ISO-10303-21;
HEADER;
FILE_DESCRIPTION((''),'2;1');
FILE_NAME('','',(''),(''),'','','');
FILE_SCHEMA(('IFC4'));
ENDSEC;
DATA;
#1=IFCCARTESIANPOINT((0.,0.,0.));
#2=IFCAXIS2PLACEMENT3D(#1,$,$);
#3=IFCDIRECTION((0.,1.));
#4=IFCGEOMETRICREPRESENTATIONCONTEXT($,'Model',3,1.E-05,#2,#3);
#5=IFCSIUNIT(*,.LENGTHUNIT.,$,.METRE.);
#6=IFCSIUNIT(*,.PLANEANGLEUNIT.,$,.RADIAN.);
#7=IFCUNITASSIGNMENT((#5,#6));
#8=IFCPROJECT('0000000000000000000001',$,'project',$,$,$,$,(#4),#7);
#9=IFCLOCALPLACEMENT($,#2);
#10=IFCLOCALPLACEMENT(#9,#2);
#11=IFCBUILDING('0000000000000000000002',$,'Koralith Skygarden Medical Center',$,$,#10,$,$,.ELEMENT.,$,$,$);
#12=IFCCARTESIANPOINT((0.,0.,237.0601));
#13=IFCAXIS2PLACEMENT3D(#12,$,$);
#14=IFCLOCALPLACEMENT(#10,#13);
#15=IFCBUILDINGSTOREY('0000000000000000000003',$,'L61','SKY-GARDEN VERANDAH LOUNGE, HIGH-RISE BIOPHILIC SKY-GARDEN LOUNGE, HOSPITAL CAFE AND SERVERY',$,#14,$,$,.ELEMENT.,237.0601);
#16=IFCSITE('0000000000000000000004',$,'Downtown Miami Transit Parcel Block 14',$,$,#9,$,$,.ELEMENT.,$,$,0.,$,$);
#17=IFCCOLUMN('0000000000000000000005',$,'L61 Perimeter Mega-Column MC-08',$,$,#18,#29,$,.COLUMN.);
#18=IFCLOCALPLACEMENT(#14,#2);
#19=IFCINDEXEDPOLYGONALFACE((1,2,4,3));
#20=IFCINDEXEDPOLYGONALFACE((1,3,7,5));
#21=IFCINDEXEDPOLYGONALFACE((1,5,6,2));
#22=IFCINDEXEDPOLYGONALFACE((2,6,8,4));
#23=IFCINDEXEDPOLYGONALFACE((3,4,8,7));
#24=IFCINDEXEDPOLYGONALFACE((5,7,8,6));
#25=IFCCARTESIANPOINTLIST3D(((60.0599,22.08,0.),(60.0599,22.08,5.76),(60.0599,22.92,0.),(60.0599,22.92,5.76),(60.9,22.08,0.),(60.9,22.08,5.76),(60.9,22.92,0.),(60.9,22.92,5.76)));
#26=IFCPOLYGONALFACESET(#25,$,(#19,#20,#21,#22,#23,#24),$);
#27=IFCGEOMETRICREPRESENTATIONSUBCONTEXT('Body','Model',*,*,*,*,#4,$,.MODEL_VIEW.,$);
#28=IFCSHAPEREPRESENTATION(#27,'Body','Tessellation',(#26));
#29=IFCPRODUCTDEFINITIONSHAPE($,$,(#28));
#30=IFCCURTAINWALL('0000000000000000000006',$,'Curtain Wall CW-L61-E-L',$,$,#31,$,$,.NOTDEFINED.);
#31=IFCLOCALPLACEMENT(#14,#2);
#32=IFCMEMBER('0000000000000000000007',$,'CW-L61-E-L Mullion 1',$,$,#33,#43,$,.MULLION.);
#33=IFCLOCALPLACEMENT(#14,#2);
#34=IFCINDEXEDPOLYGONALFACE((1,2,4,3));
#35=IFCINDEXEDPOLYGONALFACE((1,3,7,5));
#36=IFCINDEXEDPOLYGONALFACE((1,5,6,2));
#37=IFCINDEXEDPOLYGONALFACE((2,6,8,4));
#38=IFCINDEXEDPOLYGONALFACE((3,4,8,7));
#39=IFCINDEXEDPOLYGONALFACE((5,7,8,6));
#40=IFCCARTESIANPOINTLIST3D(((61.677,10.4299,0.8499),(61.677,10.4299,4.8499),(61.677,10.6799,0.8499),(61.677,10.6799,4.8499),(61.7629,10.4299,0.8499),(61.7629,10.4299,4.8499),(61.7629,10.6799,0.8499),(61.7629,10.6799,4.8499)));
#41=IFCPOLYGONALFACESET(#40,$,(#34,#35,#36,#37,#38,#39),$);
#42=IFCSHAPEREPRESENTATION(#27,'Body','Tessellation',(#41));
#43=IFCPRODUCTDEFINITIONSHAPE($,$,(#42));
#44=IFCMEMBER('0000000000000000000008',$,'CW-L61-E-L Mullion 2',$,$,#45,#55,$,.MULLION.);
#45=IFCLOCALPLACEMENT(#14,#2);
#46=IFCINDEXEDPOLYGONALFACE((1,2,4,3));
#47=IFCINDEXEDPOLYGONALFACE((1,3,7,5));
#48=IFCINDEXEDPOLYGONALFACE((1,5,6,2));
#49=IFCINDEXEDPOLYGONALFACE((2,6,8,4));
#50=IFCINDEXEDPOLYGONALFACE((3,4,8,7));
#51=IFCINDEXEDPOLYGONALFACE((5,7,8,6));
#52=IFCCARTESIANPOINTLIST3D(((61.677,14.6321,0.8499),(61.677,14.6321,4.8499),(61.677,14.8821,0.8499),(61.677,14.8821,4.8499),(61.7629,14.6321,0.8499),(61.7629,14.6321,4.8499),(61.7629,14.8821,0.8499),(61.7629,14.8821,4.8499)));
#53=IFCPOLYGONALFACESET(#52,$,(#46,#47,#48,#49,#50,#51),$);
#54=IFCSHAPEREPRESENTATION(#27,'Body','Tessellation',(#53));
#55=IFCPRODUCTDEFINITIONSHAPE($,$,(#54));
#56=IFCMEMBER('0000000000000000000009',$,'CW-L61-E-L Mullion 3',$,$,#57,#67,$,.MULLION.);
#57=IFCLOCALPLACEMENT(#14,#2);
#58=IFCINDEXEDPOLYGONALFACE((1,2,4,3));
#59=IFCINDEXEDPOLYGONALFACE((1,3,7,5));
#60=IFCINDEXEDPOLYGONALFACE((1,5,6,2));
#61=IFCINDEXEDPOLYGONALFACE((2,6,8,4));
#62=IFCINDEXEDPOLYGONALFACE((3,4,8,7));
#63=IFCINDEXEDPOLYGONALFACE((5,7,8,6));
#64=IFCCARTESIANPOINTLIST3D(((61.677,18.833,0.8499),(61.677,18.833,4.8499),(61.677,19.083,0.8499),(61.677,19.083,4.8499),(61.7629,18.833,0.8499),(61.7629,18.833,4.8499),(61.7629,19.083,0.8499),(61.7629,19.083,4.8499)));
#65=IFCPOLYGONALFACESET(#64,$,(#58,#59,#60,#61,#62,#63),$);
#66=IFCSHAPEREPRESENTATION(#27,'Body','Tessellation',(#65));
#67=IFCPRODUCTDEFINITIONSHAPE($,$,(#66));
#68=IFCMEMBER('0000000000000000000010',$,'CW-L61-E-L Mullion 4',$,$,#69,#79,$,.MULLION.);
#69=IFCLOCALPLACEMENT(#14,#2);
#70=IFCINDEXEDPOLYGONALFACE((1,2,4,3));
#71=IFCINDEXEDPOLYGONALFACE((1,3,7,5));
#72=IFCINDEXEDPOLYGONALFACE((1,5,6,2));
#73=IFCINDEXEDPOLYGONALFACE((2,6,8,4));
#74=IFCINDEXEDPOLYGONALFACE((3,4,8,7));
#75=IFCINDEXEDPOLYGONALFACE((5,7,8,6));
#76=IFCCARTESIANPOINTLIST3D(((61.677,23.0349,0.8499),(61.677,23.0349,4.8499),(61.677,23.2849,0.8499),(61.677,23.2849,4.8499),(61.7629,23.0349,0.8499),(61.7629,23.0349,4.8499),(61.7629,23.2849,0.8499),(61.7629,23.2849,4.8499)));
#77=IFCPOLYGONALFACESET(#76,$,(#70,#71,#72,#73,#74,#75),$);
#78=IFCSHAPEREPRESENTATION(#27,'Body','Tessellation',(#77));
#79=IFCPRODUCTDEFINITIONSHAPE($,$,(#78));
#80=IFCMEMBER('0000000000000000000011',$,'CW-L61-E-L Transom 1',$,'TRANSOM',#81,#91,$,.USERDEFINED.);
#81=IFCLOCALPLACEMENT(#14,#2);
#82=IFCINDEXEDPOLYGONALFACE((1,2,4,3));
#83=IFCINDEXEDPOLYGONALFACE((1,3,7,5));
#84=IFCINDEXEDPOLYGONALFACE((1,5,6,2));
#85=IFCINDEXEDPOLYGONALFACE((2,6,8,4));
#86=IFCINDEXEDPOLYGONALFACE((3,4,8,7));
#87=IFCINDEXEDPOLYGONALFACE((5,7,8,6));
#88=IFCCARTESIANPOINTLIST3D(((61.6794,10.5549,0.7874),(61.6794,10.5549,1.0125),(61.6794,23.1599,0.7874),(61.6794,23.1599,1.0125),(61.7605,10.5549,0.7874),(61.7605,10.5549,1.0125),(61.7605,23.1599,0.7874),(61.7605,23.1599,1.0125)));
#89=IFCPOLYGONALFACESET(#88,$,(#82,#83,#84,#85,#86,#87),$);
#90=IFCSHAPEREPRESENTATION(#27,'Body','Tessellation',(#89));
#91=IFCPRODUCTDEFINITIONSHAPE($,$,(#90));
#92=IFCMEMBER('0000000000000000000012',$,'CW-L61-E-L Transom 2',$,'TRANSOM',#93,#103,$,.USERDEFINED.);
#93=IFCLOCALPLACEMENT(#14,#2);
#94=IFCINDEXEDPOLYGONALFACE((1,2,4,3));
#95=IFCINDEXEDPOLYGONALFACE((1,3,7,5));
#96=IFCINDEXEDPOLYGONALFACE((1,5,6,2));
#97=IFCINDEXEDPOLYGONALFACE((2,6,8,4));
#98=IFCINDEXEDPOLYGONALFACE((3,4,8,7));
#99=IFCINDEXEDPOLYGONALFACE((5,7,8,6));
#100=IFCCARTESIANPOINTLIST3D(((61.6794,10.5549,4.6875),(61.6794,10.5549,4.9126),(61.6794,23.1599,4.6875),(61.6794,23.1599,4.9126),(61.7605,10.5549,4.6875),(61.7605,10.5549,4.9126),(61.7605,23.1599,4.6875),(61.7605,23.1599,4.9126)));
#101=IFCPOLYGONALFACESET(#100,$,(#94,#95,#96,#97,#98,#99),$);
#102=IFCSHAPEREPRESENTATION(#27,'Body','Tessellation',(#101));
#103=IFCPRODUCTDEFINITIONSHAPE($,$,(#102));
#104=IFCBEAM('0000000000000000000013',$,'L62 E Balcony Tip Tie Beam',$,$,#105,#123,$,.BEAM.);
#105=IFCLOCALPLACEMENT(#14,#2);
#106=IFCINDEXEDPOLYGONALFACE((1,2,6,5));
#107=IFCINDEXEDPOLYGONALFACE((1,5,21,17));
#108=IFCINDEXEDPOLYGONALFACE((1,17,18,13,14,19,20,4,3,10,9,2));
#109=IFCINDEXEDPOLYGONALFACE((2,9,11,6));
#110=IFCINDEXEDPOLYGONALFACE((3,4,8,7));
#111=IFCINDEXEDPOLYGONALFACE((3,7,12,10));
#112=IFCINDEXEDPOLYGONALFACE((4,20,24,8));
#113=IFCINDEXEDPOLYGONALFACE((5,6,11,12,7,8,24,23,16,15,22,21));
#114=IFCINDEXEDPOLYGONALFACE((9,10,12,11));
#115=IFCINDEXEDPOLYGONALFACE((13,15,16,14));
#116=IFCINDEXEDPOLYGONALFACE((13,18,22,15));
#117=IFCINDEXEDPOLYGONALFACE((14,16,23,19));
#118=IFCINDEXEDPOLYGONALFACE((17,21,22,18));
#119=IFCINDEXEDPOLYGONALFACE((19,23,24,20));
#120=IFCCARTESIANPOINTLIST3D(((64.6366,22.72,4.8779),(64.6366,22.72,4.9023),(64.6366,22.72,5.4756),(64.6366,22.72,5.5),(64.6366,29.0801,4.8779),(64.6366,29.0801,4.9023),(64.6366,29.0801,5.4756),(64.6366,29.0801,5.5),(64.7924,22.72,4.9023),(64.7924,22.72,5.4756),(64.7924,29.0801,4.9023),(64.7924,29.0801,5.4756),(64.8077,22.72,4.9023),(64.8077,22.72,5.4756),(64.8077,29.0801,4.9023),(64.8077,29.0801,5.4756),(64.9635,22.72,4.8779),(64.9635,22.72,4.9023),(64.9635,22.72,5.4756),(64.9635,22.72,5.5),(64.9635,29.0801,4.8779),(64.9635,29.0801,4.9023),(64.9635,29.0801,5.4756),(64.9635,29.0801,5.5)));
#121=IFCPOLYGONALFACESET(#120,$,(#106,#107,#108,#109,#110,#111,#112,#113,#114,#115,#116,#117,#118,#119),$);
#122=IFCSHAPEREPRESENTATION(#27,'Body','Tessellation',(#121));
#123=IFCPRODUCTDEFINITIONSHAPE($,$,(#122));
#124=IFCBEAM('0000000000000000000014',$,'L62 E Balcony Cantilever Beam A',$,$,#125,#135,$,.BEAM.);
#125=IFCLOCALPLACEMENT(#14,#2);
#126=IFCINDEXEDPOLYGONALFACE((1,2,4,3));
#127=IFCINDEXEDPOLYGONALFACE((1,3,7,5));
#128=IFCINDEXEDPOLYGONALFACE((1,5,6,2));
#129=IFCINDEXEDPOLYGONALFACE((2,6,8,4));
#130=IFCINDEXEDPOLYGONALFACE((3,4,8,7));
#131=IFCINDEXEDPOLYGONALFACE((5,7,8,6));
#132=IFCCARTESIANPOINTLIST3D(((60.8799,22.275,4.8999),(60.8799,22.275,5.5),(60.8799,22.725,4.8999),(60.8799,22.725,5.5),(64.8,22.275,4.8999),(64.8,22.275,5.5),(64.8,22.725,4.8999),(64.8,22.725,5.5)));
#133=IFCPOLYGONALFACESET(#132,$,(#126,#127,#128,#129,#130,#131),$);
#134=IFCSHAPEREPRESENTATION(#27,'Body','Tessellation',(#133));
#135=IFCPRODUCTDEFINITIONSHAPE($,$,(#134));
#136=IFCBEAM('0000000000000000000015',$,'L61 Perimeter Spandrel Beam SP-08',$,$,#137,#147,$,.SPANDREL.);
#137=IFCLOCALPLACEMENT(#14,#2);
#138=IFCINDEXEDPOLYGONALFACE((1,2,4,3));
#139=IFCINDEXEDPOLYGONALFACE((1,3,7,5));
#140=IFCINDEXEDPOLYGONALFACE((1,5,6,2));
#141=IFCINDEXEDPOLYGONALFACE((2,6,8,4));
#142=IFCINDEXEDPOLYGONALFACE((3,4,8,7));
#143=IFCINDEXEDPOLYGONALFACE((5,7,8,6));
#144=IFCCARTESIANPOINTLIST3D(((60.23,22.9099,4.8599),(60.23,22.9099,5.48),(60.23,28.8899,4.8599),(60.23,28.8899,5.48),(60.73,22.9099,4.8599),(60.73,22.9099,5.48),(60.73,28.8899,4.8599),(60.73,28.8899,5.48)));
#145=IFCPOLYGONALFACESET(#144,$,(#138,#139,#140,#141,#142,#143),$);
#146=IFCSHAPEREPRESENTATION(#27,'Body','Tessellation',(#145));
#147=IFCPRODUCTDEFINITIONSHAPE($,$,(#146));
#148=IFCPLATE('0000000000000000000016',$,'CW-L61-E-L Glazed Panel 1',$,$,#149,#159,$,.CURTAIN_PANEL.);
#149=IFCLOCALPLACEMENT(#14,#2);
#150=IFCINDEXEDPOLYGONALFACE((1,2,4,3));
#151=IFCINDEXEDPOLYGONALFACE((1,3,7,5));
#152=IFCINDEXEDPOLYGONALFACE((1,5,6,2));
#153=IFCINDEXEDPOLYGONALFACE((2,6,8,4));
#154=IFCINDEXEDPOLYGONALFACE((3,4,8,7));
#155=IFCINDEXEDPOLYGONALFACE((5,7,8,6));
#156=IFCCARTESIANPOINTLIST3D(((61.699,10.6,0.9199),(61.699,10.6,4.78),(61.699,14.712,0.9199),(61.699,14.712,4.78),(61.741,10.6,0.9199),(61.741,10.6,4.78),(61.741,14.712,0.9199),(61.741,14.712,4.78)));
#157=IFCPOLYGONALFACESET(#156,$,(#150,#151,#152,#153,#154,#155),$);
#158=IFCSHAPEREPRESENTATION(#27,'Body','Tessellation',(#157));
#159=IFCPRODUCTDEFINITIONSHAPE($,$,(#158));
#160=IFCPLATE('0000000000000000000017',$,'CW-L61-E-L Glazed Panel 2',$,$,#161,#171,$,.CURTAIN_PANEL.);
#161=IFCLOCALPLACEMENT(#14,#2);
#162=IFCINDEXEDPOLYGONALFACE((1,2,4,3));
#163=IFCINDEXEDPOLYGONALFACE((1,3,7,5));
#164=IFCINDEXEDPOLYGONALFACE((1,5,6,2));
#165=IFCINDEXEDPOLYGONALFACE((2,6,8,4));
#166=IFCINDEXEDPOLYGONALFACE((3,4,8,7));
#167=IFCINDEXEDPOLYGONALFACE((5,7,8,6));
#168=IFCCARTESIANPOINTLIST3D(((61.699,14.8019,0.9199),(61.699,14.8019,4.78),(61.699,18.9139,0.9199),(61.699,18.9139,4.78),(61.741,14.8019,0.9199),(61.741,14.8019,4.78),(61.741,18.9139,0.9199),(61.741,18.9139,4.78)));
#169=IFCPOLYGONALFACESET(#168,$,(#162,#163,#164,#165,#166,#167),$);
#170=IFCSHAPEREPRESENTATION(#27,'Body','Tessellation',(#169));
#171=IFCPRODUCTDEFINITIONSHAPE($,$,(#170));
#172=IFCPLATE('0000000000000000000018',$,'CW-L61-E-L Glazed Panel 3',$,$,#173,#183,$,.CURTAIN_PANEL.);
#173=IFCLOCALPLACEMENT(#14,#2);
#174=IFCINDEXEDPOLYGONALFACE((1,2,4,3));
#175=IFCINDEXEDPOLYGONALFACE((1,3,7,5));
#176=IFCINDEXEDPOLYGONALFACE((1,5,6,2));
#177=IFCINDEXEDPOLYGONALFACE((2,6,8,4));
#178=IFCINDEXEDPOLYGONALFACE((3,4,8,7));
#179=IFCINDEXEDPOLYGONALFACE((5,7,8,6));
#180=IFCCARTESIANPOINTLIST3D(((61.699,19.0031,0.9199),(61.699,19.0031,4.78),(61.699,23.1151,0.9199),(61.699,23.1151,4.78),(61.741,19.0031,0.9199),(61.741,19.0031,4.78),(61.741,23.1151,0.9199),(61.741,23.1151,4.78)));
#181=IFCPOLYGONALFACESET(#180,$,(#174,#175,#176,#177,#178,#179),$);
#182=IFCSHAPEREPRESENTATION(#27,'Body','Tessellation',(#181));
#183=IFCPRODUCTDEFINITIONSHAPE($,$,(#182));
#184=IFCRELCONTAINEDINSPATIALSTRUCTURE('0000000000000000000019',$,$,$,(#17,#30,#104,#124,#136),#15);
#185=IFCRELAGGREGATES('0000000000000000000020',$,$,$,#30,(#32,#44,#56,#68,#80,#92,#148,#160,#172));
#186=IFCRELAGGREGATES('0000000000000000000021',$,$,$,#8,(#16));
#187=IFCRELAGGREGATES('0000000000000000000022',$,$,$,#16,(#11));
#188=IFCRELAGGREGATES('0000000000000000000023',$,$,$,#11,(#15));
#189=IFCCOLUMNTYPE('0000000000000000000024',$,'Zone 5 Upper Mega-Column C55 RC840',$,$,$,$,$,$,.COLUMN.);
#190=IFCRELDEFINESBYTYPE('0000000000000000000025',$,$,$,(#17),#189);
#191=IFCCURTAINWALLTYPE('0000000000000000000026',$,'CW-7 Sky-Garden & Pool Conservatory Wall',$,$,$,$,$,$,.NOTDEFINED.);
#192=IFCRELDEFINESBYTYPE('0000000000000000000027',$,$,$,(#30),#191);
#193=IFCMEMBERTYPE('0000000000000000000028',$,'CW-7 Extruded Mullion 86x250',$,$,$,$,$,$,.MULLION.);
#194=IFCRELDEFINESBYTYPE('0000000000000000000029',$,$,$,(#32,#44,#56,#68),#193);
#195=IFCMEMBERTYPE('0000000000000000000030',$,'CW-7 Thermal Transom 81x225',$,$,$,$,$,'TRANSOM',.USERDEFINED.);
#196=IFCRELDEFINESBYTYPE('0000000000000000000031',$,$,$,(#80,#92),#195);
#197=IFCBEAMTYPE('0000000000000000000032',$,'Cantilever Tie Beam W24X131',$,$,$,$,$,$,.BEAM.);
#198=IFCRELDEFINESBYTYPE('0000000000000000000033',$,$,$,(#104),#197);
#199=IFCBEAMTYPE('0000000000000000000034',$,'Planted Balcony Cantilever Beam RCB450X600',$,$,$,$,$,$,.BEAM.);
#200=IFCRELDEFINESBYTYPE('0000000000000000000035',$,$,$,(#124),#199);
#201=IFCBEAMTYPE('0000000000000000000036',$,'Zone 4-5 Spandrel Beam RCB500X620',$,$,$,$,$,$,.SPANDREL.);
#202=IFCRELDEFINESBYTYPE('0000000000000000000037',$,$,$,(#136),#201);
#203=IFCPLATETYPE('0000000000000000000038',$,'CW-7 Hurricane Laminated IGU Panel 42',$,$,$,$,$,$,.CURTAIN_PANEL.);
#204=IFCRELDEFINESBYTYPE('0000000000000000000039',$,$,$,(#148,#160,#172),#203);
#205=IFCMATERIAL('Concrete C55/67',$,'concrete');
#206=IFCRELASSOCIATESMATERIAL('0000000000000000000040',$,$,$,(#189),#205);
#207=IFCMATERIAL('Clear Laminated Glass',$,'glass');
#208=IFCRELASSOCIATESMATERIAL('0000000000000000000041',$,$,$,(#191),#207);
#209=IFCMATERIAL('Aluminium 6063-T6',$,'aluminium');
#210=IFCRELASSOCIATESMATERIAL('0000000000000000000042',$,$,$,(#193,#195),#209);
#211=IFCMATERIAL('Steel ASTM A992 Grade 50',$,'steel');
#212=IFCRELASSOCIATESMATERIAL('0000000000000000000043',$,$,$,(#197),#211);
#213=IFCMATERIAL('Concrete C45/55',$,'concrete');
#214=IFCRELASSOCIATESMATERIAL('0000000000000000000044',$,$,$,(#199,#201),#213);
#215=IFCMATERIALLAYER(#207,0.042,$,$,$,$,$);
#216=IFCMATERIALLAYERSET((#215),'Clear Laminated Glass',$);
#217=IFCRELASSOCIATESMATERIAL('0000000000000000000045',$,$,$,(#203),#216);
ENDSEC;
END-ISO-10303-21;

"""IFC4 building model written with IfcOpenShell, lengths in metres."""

from ifc_helpers import new_model, si_unit, direction, frame, origin, origin_2d, place, context, subcontext, project, spatial, rectangle, i_section, extrude, material, layer, layer_set, material_profile, profile_set, type_object, element, aggregate, save


model = new_model("IFC4")

# Units and contexts
model_context = context("Model", 3, precision=1e-05, world=origin(), true_north=direction((0.0, 1.0)))
body_context = subcontext(model_context, "Body", "Model", "MODEL_VIEW")
ifc_project = project(units=[si_unit("LENGTHUNIT", "METRE"), si_unit("PLANEANGLEUNIT", "RADIAN")], contexts=[model_context])

# Site, building, storey
site_placement = place(None, origin())
site = spatial("IfcSite", under=ifc_project, at=site_placement, Name="Downtown Miami Transit Parcel Block 14", CompositionType="ELEMENT", RefElevation=0.0)
building_placement = place(site_placement, origin())
building = spatial("IfcBuilding", under=site, at=building_placement, Name="Koralith Skygarden Medical Center", CompositionType="ELEMENT")
storey_placement = place(building_placement, frame((0.0, 0.0, 237.0601)))
storey = spatial("IfcBuildingStorey", under=building, at=storey_placement, Name="L61", Description="SKY-GARDEN VERANDAH LOUNGE, HIGH-RISE BIOPHILIC SKY-GARDEN LOUNGE, HOSPITAL CAFE AND SERVERY", CompositionType="ELEMENT", Elevation=237.0601)

# Column
ifc_material_1 = material(Name="Concrete C55/67", Category="concrete")
ifc_material_profile_1 = material_profile(ifc_material_1, rectangle(XDim=0.8401, YDim=0.8401, at=origin_2d()), Name="RC840X840")
ifc_profile_set_1 = profile_set([ifc_material_profile_1], Name="Concrete C55/67")
column_type = type_object("IfcColumnType", Name="Zone 5 Upper Mega-Column C55 RC840", PredefinedType="COLUMN", material=ifc_profile_set_1)
column_placement = place(storey_placement, frame((60.48, 22.5, 0.0), z_axis=(0.0, 0.0, 1.0), x_axis=(1.0, 0.0, 0.0)))
element("IfcColumn", 1, at=column_placement, inside=storey, type_object=column_type, Name="L61 Perimeter Mega-Column MC-08", PredefinedType="COLUMN", context=body_context, shape_type="SweptSolid", body=[
    extrude(rectangle(XDim=0.8401, YDim=0.8401, at=origin_2d()), origin(), (0.0, 0.0, 1.0), 5.76),
])

# Curtain wall, members
ifc_material_2 = material(Name="Clear Laminated Glass", Category="glass")
curtain_wall_type = type_object("IfcCurtainWallType", Name="CW-7 Sky-Garden & Pool Conservatory Wall", PredefinedType="NOTDEFINED", material=ifc_material_2)
curtain_wall_placement = place(storey_placement, origin())
curtain_wall = element("IfcCurtainWall", 2, at=curtain_wall_placement, inside=storey, type_object=curtain_wall_type, Name="Curtain Wall CW-L61-E-L", PredefinedType="NOTDEFINED")
ifc_material_3 = material(Name="Aluminium 6063-T6", Category="aluminium")
ifc_material_profile_2 = material_profile(ifc_material_3, rectangle(XDim=0.0859, YDim=0.25, at=origin_2d()), Name="MUL86X250")
ifc_profile_set_2 = profile_set([ifc_material_profile_2], Name="Aluminium 6063-T6")
member_type_1 = type_object("IfcMemberType", Name="CW-7 Extruded Mullion 86x250", PredefinedType="MULLION", material=ifc_profile_set_2)
member_1_placement = place(storey_placement, frame((61.72, 10.5549, 0.8499), z_axis=(0.0, 0.0, 1.0), x_axis=(1.0, 0.0, 0.0)))
member_1 = element("IfcMember", 3, at=member_1_placement, type_object=member_type_1, Name="CW-L61-E-L Mullion 1", PredefinedType="MULLION", context=body_context, shape_type="SweptSolid", body=[
    extrude(rectangle(XDim=0.0859, YDim=0.25, at=origin_2d()), origin(), (0.0, 0.0, 1.0), 4.0),
])
member_2_placement = place(storey_placement, frame((61.72, 14.7571, 0.8499), z_axis=(0.0, 0.0, 1.0), x_axis=(1.0, 0.0, 0.0)))
member_2 = element("IfcMember", 4, at=member_2_placement, type_object=member_type_1, Name="CW-L61-E-L Mullion 2", PredefinedType="MULLION", context=body_context, shape_type="SweptSolid", body=[
    extrude(rectangle(XDim=0.0859, YDim=0.25, at=origin_2d()), origin(), (0.0, 0.0, 1.0), 4.0),
])
member_3_placement = place(storey_placement, frame((61.72, 18.958, 0.8499), z_axis=(0.0, 0.0, 1.0), x_axis=(1.0, 0.0, 0.0)))
member_3 = element("IfcMember", 5, at=member_3_placement, type_object=member_type_1, Name="CW-L61-E-L Mullion 3", PredefinedType="MULLION", context=body_context, shape_type="SweptSolid", body=[
    extrude(rectangle(XDim=0.0859, YDim=0.25, at=origin_2d()), origin(), (0.0, 0.0, 1.0), 4.0),
])
member_4_placement = place(storey_placement, frame((61.72, 23.1599, 0.8499), z_axis=(0.0, 0.0, 1.0), x_axis=(1.0, 0.0, 0.0)))
member_4 = element("IfcMember", 6, at=member_4_placement, type_object=member_type_1, Name="CW-L61-E-L Mullion 4", PredefinedType="MULLION", context=body_context, shape_type="SweptSolid", body=[
    extrude(rectangle(XDim=0.0859, YDim=0.25, at=origin_2d()), origin(), (0.0, 0.0, 1.0), 4.0),
])
ifc_material_profile_3 = material_profile(ifc_material_3, rectangle(XDim=0.0811, YDim=0.2251, at=origin_2d()), Name="TRN81X225")
ifc_profile_set_3 = profile_set([ifc_material_profile_3], Name="Aluminium 6063-T6")
member_type_2 = type_object("IfcMemberType", Name="CW-7 Thermal Transom 81x225", ElementType="TRANSOM", PredefinedType="USERDEFINED", material=ifc_profile_set_3)
member_5_placement = place(storey_placement, frame((61.72, 10.5549, 0.8999), z_axis=(0.0, 1.0, 0.0), x_axis=(-1.0, 0.0, 0.0)))
member_5 = element("IfcMember", 7, at=member_5_placement, type_object=member_type_2, Name="CW-L61-E-L Transom 1", ObjectType="TRANSOM", PredefinedType="USERDEFINED", context=body_context, shape_type="SweptSolid", body=[
    extrude(rectangle(XDim=0.0811, YDim=0.2251, at=origin_2d()), origin(), (0.0, 0.0, 1.0), 12.605),
])
member_6_placement = place(storey_placement, frame((61.72, 10.5549, 4.8), z_axis=(0.0, 1.0, 0.0), x_axis=(-1.0, 0.0, 0.0)))
member_6 = element("IfcMember", 8, at=member_6_placement, type_object=member_type_2, Name="CW-L61-E-L Transom 2", ObjectType="TRANSOM", PredefinedType="USERDEFINED", context=body_context, shape_type="SweptSolid", body=[
    extrude(rectangle(XDim=0.0811, YDim=0.2251, at=origin_2d()), origin(), (0.0, 0.0, 1.0), 12.605),
])

# Beams
ifc_material_4 = material(Name="Steel ASTM A992 Grade 50", Category="steel")
ifc_material_profile_4 = material_profile(ifc_material_4, i_section(OverallWidth=0.3269, OverallDepth=0.6221, WebThickness=0.0154, FlangeThickness=0.0244, at=origin_2d()), Name="W24X131")
ifc_profile_set_4 = profile_set([ifc_material_profile_4], Name="Steel ASTM A992 Grade 50")
beam_type_1 = type_object("IfcBeamType", Name="Cantilever Tie Beam W24X131", PredefinedType="BEAM", material=ifc_profile_set_4)
beam_1_placement = place(storey_placement, frame((64.8, 22.72, 5.189), z_axis=(0.0, 1.0, 0.0), x_axis=(-1.0, 0.0, 0.0)))
element("IfcBeam", 9, at=beam_1_placement, inside=storey, type_object=beam_type_1, Name="L62 E Balcony Tip Tie Beam", PredefinedType="BEAM", context=body_context, shape_type="SweptSolid", body=[
    extrude(i_section(OverallWidth=0.3269, OverallDepth=0.6221, WebThickness=0.0154, FlangeThickness=0.0244, at=origin_2d()), origin(), (0.0, 0.0, 1.0), 6.3601),
])
ifc_material_5 = material(Name="Concrete C45/55", Category="concrete")
ifc_material_profile_5 = material_profile(ifc_material_5, rectangle(XDim=0.45, YDim=0.6001, at=origin_2d()), Name="RCB450X600")
ifc_profile_set_5 = profile_set([ifc_material_profile_5], Name="Concrete C45/55")
beam_type_2 = type_object("IfcBeamType", Name="Planted Balcony Cantilever Beam RCB450X600", PredefinedType="BEAM", material=ifc_profile_set_5)
beam_2_placement = place(storey_placement, frame((60.8799, 22.5, 5.2), z_axis=(1.0, 0.0, 0.0), x_axis=(0.0, 1.0, 0.0)))
element("IfcBeam", 10, at=beam_2_placement, inside=storey, type_object=beam_type_2, Name="L62 E Balcony Cantilever Beam A", PredefinedType="BEAM", context=body_context, shape_type="SweptSolid", body=[
    extrude(rectangle(XDim=0.45, YDim=0.6001, at=origin_2d()), origin(), (0.0, 0.0, 1.0), 3.9202),
])
ifc_material_profile_6 = material_profile(ifc_material_5, rectangle(XDim=0.5, YDim=0.6201, at=origin_2d()), Name="RCB500X620")
ifc_profile_set_6 = profile_set([ifc_material_profile_6], Name="Concrete C45/55")
beam_type_3 = type_object("IfcBeamType", Name="Zone 4-5 Spandrel Beam RCB500X620", PredefinedType="SPANDREL", material=ifc_profile_set_6)
beam_3_placement = place(storey_placement, frame((60.48, 22.9099, 5.1699), z_axis=(0.0, 1.0, 0.0), x_axis=(-1.0, 0.0, 0.0)))
element("IfcBeam", 11, at=beam_3_placement, inside=storey, type_object=beam_type_3, Name="L61 Perimeter Spandrel Beam SP-08", PredefinedType="SPANDREL", context=body_context, shape_type="SweptSolid", body=[
    extrude(rectangle(XDim=0.5, YDim=0.6201, at=origin_2d()), origin(), (0.0, 0.0, 1.0), 5.98),
])

# Plates
ifc_layer_1 = layer(ifc_material_2, 0.042)
ifc_layer_set_1 = layer_set([ifc_layer_1], Name="Clear Laminated Glass")
plate_type = type_object("IfcPlateType", Name="CW-7 Hurricane Laminated IGU Panel 42", PredefinedType="CURTAIN_PANEL", material=ifc_layer_set_1)
plate_1_placement = place(storey_placement, frame((61.72, 12.656, 0.9199), z_axis=(0.0, 0.0, 1.0), x_axis=(0.0, 1.0, 0.0)))
plate_1 = element("IfcPlate", 12, at=plate_1_placement, type_object=plate_type, Name="CW-L61-E-L Glazed Panel 1", PredefinedType="CURTAIN_PANEL", context=body_context, shape_type="SweptSolid", body=[
    extrude(rectangle(XDim=4.1121, YDim=0.042, at=origin_2d()), origin(), (0.0, 0.0, 1.0), 3.8601),
])
plate_2_placement = place(storey_placement, frame((61.72, 16.8579, 0.9199), z_axis=(0.0, 0.0, 1.0), x_axis=(0.0, 1.0, 0.0)))
plate_2 = element("IfcPlate", 13, at=plate_2_placement, type_object=plate_type, Name="CW-L61-E-L Glazed Panel 2", PredefinedType="CURTAIN_PANEL", context=body_context, shape_type="SweptSolid", body=[
    extrude(rectangle(XDim=4.1121, YDim=0.042, at=origin_2d()), origin(), (0.0, 0.0, 1.0), 3.8601),
])
plate_3_placement = place(storey_placement, frame((61.72, 21.0591, 0.9199), z_axis=(0.0, 0.0, 1.0), x_axis=(0.0, 1.0, 0.0)))
plate_3 = element("IfcPlate", 14, at=plate_3_placement, type_object=plate_type, Name="CW-L61-E-L Glazed Panel 3", PredefinedType="CURTAIN_PANEL", context=body_context, shape_type="SweptSolid", body=[
    extrude(rectangle(XDim=4.1121, YDim=0.042, at=origin_2d()), origin(), (0.0, 0.0, 1.0), 3.8601),
])
aggregate(curtain_wall, [member_1, member_2, member_3, member_4, member_5, member_6, plate_1, plate_2, plate_3])

save(model, "model.ifc")
